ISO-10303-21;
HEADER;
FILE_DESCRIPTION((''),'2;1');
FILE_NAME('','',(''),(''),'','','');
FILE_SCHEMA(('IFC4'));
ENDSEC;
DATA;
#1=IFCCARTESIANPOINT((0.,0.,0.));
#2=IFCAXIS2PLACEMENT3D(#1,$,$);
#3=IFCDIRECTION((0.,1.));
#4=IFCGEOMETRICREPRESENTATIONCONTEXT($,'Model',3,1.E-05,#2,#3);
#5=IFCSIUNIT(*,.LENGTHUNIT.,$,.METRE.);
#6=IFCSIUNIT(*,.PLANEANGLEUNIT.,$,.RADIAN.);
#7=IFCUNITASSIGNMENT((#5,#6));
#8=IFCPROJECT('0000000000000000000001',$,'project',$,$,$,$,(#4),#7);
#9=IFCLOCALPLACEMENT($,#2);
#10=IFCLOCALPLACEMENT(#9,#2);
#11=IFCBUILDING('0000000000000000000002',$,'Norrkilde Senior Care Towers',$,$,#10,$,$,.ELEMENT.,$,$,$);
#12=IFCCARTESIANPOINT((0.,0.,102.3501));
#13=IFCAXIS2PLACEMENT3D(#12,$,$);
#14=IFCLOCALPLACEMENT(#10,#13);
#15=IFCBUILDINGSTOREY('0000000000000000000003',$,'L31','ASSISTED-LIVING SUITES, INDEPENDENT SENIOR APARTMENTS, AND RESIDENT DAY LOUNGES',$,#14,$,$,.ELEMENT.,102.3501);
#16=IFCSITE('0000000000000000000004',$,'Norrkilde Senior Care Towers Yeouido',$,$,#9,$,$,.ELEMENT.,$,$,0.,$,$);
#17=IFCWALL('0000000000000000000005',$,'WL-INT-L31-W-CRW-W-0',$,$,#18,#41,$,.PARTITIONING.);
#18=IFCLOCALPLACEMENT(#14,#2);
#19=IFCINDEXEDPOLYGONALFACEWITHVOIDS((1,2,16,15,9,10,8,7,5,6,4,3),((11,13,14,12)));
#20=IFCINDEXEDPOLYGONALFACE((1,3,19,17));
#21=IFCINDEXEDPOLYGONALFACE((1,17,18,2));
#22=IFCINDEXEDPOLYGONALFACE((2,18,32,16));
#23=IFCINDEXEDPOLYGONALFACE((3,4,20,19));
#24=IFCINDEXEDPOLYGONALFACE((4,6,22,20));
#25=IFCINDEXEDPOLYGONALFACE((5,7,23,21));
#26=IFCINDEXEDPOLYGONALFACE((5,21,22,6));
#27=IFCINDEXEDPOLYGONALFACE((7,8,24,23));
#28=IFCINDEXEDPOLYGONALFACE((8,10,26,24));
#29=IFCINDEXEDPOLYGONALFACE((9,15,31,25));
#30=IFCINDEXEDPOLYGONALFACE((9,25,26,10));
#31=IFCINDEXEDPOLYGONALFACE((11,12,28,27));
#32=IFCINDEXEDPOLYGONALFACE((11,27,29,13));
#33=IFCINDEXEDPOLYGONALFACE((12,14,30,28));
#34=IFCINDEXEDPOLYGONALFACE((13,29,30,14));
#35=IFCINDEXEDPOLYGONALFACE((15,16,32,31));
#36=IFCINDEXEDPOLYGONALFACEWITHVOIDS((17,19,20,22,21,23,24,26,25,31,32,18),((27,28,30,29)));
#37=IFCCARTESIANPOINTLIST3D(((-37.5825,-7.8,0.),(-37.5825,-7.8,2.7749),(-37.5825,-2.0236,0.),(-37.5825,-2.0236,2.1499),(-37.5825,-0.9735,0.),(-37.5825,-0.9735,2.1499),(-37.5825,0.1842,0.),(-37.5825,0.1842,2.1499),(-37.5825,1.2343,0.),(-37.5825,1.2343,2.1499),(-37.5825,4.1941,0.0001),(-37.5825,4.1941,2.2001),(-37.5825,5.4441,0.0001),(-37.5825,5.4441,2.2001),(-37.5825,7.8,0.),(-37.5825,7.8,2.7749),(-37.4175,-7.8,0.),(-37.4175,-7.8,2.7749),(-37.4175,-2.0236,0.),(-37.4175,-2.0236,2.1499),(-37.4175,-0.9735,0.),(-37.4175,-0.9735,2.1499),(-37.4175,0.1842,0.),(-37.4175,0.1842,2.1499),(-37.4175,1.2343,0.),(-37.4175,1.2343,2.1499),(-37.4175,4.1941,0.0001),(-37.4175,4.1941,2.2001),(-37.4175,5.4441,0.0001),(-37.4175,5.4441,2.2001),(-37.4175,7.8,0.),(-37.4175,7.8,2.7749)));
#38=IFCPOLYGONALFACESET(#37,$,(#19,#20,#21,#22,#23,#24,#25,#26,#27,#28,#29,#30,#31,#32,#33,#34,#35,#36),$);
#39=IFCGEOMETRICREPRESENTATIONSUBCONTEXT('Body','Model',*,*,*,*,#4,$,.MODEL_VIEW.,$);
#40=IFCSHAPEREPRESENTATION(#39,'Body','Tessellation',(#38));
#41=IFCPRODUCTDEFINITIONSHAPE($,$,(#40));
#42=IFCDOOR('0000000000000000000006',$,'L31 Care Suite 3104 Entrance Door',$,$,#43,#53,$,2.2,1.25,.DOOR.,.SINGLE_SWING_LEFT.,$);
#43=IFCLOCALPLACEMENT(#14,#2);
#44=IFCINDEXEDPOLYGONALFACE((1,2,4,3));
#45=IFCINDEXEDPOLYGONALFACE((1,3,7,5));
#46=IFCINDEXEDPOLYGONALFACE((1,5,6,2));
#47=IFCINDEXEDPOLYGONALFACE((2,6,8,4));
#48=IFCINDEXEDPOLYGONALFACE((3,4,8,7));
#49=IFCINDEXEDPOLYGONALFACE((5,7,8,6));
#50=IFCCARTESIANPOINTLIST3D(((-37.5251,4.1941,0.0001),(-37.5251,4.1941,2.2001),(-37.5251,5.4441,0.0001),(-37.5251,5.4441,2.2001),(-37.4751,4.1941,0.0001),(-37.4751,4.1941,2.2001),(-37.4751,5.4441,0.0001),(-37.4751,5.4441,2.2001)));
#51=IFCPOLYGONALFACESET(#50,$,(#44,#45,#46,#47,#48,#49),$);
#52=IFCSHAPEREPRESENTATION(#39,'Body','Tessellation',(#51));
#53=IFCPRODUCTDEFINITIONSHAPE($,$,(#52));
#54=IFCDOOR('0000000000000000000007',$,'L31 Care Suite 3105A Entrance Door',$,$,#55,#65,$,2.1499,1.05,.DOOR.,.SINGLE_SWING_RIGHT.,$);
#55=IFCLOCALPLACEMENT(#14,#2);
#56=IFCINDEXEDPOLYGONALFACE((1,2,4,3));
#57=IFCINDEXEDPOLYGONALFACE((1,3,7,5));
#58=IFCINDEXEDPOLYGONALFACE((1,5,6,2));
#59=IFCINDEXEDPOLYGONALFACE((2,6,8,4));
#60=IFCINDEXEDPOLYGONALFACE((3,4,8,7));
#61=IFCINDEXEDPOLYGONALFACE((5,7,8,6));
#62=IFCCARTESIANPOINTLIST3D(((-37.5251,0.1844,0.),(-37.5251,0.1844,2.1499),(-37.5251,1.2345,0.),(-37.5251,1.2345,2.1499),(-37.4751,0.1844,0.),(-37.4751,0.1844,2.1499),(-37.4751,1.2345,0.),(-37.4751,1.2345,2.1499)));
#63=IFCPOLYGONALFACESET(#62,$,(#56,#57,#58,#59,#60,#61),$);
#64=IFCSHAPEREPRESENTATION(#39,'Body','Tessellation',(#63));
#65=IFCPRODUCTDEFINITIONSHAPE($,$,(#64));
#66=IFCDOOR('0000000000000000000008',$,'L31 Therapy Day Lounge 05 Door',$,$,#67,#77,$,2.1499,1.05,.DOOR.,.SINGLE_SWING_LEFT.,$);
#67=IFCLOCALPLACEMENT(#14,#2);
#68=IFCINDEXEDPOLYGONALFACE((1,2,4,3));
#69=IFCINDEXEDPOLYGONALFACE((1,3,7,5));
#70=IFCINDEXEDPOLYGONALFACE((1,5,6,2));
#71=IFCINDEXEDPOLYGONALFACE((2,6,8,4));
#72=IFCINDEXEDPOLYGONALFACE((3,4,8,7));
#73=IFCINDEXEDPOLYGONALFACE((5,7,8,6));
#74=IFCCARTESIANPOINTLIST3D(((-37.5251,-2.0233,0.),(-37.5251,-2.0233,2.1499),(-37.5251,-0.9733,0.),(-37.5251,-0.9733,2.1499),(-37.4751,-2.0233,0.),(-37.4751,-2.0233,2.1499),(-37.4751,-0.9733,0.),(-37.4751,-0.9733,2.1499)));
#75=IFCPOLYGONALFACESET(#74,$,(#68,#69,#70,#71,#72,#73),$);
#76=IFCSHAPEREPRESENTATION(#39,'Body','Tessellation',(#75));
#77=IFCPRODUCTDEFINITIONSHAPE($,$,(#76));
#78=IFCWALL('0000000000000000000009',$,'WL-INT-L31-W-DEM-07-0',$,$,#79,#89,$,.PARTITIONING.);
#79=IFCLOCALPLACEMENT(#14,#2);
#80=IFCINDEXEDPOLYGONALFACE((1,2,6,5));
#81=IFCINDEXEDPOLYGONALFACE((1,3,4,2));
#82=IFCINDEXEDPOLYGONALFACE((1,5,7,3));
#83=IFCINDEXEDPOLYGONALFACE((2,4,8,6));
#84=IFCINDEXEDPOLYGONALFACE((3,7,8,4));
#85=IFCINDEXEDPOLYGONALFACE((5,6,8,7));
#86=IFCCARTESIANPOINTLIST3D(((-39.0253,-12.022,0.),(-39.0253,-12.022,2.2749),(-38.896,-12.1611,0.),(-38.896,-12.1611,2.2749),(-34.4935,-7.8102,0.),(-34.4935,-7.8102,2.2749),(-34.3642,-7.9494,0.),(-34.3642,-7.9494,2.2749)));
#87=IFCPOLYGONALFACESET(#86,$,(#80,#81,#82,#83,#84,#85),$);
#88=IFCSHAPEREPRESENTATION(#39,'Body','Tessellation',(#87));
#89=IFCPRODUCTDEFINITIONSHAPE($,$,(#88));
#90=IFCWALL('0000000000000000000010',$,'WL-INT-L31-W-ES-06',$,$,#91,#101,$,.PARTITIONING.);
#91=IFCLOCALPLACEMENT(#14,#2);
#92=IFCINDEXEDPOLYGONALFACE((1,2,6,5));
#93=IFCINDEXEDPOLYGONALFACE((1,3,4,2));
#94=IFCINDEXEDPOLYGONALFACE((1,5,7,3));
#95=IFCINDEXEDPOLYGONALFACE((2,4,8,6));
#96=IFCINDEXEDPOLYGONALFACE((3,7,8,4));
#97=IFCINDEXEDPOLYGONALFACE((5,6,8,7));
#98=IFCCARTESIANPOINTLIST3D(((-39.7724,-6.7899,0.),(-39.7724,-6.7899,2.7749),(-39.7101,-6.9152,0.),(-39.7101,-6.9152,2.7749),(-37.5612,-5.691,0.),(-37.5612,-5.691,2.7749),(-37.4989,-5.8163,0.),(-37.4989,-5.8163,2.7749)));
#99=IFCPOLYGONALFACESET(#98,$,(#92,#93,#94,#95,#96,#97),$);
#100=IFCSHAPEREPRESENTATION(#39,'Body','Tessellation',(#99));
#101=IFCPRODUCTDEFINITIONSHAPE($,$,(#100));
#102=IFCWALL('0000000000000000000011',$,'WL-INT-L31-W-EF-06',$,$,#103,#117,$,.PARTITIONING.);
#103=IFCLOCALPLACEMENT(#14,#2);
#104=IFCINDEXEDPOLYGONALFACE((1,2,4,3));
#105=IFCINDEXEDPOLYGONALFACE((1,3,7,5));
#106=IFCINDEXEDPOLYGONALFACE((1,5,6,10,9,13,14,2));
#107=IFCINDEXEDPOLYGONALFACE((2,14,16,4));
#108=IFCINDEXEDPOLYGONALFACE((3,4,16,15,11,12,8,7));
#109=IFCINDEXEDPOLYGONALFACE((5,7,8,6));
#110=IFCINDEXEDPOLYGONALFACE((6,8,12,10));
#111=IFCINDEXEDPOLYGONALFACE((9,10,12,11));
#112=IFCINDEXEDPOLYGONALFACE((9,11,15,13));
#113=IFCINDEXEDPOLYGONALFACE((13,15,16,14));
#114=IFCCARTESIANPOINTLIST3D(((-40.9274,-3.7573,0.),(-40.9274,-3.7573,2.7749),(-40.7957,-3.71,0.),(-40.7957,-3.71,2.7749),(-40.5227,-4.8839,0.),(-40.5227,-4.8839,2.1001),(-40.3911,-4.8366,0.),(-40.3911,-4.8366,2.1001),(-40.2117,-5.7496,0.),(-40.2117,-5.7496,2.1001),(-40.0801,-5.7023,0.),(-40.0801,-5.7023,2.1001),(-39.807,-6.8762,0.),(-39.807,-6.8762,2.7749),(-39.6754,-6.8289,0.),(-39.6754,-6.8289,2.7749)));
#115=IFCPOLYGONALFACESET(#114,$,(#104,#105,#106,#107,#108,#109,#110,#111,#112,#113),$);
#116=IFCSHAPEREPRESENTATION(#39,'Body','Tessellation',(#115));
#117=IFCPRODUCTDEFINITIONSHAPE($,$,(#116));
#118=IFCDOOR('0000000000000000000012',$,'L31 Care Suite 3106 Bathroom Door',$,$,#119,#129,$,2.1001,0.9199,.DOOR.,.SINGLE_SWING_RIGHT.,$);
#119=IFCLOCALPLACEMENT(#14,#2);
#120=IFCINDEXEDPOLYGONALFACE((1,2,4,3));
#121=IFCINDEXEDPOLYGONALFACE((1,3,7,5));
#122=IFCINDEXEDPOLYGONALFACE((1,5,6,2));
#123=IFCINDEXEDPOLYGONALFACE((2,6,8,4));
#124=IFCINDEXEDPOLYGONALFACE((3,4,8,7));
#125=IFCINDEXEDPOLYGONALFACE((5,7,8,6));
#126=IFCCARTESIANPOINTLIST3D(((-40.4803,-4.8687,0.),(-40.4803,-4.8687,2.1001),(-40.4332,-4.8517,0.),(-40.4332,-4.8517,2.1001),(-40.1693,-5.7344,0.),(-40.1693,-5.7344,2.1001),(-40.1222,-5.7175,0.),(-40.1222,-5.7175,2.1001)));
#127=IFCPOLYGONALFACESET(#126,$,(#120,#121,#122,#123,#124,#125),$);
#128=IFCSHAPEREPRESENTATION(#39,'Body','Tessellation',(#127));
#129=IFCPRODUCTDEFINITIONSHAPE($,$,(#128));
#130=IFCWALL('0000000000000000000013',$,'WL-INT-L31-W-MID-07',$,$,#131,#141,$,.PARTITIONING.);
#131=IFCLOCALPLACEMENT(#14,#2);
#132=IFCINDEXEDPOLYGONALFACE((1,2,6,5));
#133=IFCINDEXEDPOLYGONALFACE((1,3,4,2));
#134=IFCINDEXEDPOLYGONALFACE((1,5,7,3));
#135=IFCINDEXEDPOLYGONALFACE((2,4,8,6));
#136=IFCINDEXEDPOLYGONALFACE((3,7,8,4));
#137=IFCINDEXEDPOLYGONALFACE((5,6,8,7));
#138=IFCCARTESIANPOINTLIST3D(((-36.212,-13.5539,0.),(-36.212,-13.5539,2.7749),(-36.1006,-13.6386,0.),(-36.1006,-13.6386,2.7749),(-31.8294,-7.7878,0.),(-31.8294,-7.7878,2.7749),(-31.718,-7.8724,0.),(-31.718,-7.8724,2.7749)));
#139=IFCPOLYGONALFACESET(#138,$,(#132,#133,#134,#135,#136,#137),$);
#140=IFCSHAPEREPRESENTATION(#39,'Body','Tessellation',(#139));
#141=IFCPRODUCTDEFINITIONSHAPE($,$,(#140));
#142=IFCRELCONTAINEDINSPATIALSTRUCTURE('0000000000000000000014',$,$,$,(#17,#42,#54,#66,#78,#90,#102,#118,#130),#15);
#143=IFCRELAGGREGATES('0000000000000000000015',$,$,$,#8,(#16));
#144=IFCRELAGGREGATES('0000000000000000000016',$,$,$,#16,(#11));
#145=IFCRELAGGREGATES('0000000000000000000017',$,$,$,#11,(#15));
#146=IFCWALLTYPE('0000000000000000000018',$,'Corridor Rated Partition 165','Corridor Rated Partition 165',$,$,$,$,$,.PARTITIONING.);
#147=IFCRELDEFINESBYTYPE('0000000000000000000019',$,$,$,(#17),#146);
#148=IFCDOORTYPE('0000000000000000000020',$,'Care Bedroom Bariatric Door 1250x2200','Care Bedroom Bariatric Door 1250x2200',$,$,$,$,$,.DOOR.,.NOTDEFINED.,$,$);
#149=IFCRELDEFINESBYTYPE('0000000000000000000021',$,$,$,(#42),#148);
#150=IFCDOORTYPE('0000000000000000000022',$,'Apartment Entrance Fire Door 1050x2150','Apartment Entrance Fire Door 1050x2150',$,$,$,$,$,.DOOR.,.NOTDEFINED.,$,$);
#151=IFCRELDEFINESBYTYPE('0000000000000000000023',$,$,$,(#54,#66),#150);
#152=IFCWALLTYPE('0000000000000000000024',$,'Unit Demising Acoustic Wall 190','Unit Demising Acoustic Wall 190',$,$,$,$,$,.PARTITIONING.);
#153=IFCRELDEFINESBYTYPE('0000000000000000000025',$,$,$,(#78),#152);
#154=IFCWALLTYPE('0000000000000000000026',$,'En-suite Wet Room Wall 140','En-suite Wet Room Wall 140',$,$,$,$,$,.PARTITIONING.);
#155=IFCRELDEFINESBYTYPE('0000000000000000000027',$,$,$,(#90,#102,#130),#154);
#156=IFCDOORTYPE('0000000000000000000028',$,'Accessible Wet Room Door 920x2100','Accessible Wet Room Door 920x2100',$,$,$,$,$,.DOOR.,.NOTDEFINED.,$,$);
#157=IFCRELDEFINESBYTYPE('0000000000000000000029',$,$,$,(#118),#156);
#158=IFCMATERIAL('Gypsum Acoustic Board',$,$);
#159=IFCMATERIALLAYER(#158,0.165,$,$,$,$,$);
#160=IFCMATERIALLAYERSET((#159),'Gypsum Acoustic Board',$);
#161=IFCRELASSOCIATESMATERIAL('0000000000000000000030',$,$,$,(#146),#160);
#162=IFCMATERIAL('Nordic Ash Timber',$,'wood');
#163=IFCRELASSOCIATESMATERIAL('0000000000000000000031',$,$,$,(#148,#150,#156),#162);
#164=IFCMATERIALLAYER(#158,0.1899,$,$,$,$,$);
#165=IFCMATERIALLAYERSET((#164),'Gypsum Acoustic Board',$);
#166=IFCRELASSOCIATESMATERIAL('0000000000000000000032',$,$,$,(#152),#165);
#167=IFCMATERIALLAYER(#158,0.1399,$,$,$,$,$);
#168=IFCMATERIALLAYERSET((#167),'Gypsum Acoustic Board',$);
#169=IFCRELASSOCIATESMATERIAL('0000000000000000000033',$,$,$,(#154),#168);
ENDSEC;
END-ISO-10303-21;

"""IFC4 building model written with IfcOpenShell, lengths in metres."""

from ifc_helpers import new_model, si_unit, direction, frame, frame_2d, origin, place, context, subcontext, project, spatial, rectangle, extrude, source, transform, mapped, material, layer, layer_set, type_object, type_shapes, element, fill, save


model = new_model("IFC4")

# Units and contexts
model_context = context("Model", 3, precision=1e-05, world=origin(), true_north=direction((0.0, 1.0)))
body_context = subcontext(model_context, "Body", "Model", "MODEL_VIEW")
ifc_project = project(units=[si_unit("LENGTHUNIT", "METRE"), si_unit("PLANEANGLEUNIT", "RADIAN")], contexts=[model_context])

# Site, building, storey
site_placement = place(None, origin())
site = spatial("IfcSite", under=ifc_project, at=site_placement, Name="Norrkilde Senior Care Towers Yeouido", CompositionType="ELEMENT", RefElevation=0.0)
building_placement = place(site_placement, origin())
building = spatial("IfcBuilding", under=site, at=building_placement, Name="Norrkilde Senior Care Towers", CompositionType="ELEMENT")
storey_placement = place(building_placement, frame((0.0, 0.0, 102.3501)))
storey = spatial("IfcBuildingStorey", under=building, at=storey_placement, Name="L31", Description="ASSISTED-LIVING SUITES, INDEPENDENT SENIOR APARTMENTS, AND RESIDENT DAY LOUNGES", CompositionType="ELEMENT", Elevation=102.3501)

# Wall, openings, doors
ifc_material_1 = material(Name="Gypsum Acoustic Board")
ifc_layer_1 = layer(ifc_material_1, 0.165)
ifc_layer_set_1 = layer_set([ifc_layer_1], Name="Gypsum Acoustic Board")
wall_type_1 = type_object("IfcWallType", Name="Corridor Rated Partition 165", Description="Corridor Rated Partition 165", PredefinedType="PARTITIONING", material=ifc_layer_set_1)
shared_shape_1 = source(origin(), body_context, "Body", "SweptSolid", [
    extrude(rectangle(XDim=15.6001, YDim=0.165, at=frame_2d((7.8, 0.0))), origin(), (0.0, 0.0, 1.0), 2.7749),
])
type_shapes(wall_type_1, [shared_shape_1])
wall_1_placement = place(storey_placement, frame((-37.5, -7.8, 0.0), z_axis=(0.0, 0.0, 1.0), x_axis=(0.0, 1.0, 0.0)))
wall_1 = element("IfcWall", 1, at=wall_1_placement, inside=storey, type_object=wall_type_1, Name="WL-INT-L31-W-CRW-W-0", PredefinedType="PARTITIONING", context=body_context, shape_type="MappedRepresentation", body=[
    mapped(shared_shape_1, transform((0.0, 0.0, 0.0), x_axis=(1.0, 0.0, 0.0), y_axis=(0.0, 1.0, 0.0), z_axis=(0.0, 0.0, 1.0), scale=1.0)),
])
opening_1_placement = place(wall_1_placement, frame((11.9941, 0.0, 0.0)))
opening_1 = element("IfcOpeningElement", 2, at=opening_1_placement, cuts=wall_1, PredefinedType="OPENING", context=body_context, shape_type="SweptSolid", body=[
    extrude(rectangle(XDim=1.25, YDim=2.2, at=frame_2d((0.625, 1.1001))), frame((0.0, 0.0925, 0.0), z_axis=(0.0, -1.0, 0.0), x_axis=(1.0, 0.0, 0.0)), (0.0, 0.0, 1.0), 0.1851),
])
opening_2_placement = place(wall_1_placement, frame((7.9844, 0.0, 0.0)))
opening_2 = element("IfcOpeningElement", 3, at=opening_2_placement, cuts=wall_1, PredefinedType="OPENING", context=body_context, shape_type="SweptSolid", body=[
    extrude(rectangle(XDim=1.05, YDim=2.1499, at=frame_2d((0.5249, 1.075))), frame((0.0, 0.0925, 0.0), z_axis=(0.0, -1.0, 0.0), x_axis=(1.0, 0.0, 0.0)), (0.0, 0.0, 1.0), 0.1851),
])
opening_3_placement = place(wall_1_placement, frame((5.7766, 0.0, 0.0)))
opening_3 = element("IfcOpeningElement", 4, at=opening_3_placement, cuts=wall_1, PredefinedType="OPENING", context=body_context, shape_type="SweptSolid", body=[
    extrude(rectangle(XDim=1.05, YDim=2.1499, at=frame_2d((0.5249, 1.075))), frame((0.0, 0.0925, 0.0), z_axis=(0.0, -1.0, 0.0), x_axis=(1.0, 0.0, 0.0)), (0.0, 0.0, 1.0), 0.1851),
])
ifc_material_2 = material(Name="Nordic Ash Timber", Category="wood")
door_type_1 = type_object("IfcDoorType", Name="Care Bedroom Bariatric Door 1250x2200", Description="Care Bedroom Bariatric Door 1250x2200", OperationType="NOTDEFINED", PredefinedType="DOOR", material=ifc_material_2)
shared_shape_2 = source(origin(), body_context, "Body", "SweptSolid", [
    extrude(rectangle(XDim=1.25, YDim=2.2, at=frame_2d((0.625, 1.1001))), frame((0.0, 0.0249, 0.0), z_axis=(0.0, -1.0, 0.0), x_axis=(1.0, 0.0, 0.0)), (0.0, 0.0, 1.0), 0.05),
])
type_shapes(door_type_1, [shared_shape_2])
door_1_placement = place(opening_1_placement, frame((1.25, 0.0, 0.0), z_axis=(0.0, 0.0, 1.0), x_axis=(-1.0, 0.0, 0.0)))
door_1 = element("IfcDoor", 5, at=door_1_placement, inside=storey, type_object=door_type_1, Name="L31 Care Suite 3104 Entrance Door", OperationType="SINGLE_SWING_LEFT", OverallHeight=2.2, OverallWidth=1.25, PredefinedType="DOOR", context=body_context, shape_type="MappedRepresentation", body=[
    mapped(shared_shape_2, transform((0.0, 0.0, 0.0), x_axis=(1.0, 0.0, 0.0), y_axis=(0.0, 1.0, 0.0), z_axis=(0.0, 0.0, 1.0), scale=1.0)),
])
fill(opening_1, door_1)
door_type_2 = type_object("IfcDoorType", Name="Apartment Entrance Fire Door 1050x2150", Description="Apartment Entrance Fire Door 1050x2150", OperationType="NOTDEFINED", PredefinedType="DOOR", material=ifc_material_2)
shared_shape_3 = source(origin(), body_context, "Body", "SweptSolid", [
    extrude(rectangle(XDim=1.05, YDim=2.1499, at=frame_2d((0.5249, 1.075))), frame((0.0, 0.0249, 0.0), z_axis=(0.0, -1.0, 0.0), x_axis=(1.0, 0.0, 0.0)), (0.0, 0.0, 1.0), 0.05),
])
type_shapes(door_type_2, [shared_shape_3])
door_2_placement = place(opening_2_placement, frame((1.05, 0.0, 0.0), z_axis=(0.0, 0.0, 1.0), x_axis=(-1.0, 0.0, 0.0)))
door_2 = element("IfcDoor", 6, at=door_2_placement, inside=storey, type_object=door_type_2, Name="L31 Care Suite 3105A Entrance Door", OperationType="SINGLE_SWING_RIGHT", OverallHeight=2.1499, OverallWidth=1.05, PredefinedType="DOOR", context=body_context, shape_type="MappedRepresentation", body=[
    mapped(shared_shape_3, transform((0.0, 0.0, 0.0), x_axis=(1.0, 0.0, 0.0), y_axis=(0.0, 1.0, 0.0), z_axis=(0.0, 0.0, 1.0), scale=1.0)),
])
fill(opening_2, door_2)
door_3_placement = place(opening_3_placement, frame((1.05, 0.0, 0.0), z_axis=(0.0, 0.0, 1.0), x_axis=(-1.0, 0.0, 0.0)))
door_3 = element("IfcDoor", 7, at=door_3_placement, inside=storey, type_object=door_type_2, Name="L31 Therapy Day Lounge 05 Door", OperationType="SINGLE_SWING_LEFT", OverallHeight=2.1499, OverallWidth=1.05, PredefinedType="DOOR", context=body_context, shape_type="MappedRepresentation", body=[
    mapped(shared_shape_3, transform((0.0, 0.0, 0.0), x_axis=(1.0, 0.0, 0.0), y_axis=(0.0, 1.0, 0.0), z_axis=(0.0, 0.0, 1.0), scale=1.0)),
])
fill(opening_3, door_3)

# Walls
ifc_layer_2 = layer(ifc_material_1, 0.1899)
ifc_layer_set_2 = layer_set([ifc_layer_2], Name="Gypsum Acoustic Board")
wall_type_2 = type_object("IfcWallType", Name="Unit Demising Acoustic Wall 190", Description="Unit Demising Acoustic Wall 190", PredefinedType="PARTITIONING", material=ifc_layer_set_2)
shared_shape_4 = source(origin(), body_context, "Body", "SweptSolid", [
    extrude(rectangle(XDim=6.1868, YDim=0.1899, at=frame_2d((3.0933, 0.0))), origin(), (0.0, 0.0, 1.0), 2.2749),
])
type_shapes(wall_type_2, [shared_shape_4])
wall_2_placement = place(storey_placement, frame((-34.429, -7.8799, 0.0), z_axis=(0.0, 0.0, 1.0), x_axis=(-0.732501, -0.680766, 0.0)))
element("IfcWall", 8, at=wall_2_placement, inside=storey, type_object=wall_type_2, Name="WL-INT-L31-W-DEM-07-0", PredefinedType="PARTITIONING", context=body_context, shape_type="MappedRepresentation", body=[
    mapped(shared_shape_4, transform((0.0, 0.0, 0.0), x_axis=(1.0, 0.0, 0.0), y_axis=(0.0, 1.0, 0.0), z_axis=(0.0, 0.0, 1.0), scale=1.0)),
])
ifc_layer_3 = layer(ifc_material_1, 0.1399)
ifc_layer_set_3 = layer_set([ifc_layer_3], Name="Gypsum Acoustic Board")
wall_type_3 = type_object("IfcWallType", Name="En-suite Wet Room Wall 140", Description="En-suite Wet Room Wall 140", PredefinedType="PARTITIONING", material=ifc_layer_set_3)
shared_shape_5 = source(origin(), body_context, "Body", "SweptSolid", [
    extrude(rectangle(XDim=2.4692, YDim=0.1399, at=frame_2d((1.2346, 0.0))), origin(), (0.0, 0.0, 1.0), 2.7749),
])
wall_3_placement = place(storey_placement, frame((-37.53, -5.7537, 0.0), z_axis=(0.0, 0.0, 1.0), x_axis=(-0.895512, -0.445037, 0.0)))
element("IfcWall", 9, at=wall_3_placement, inside=storey, type_object=wall_type_3, Name="WL-INT-L31-W-ES-06", PredefinedType="PARTITIONING", context=body_context, shape_type="MappedRepresentation", body=[
    mapped(shared_shape_5, transform((0.0, 0.0, 0.0), x_axis=(1.0, 0.0, 0.0), y_axis=(0.0, 1.0, 0.0), z_axis=(0.0, 0.0, 1.0), scale=1.0)),
])

# Wall, opening, door
shared_shape_6 = source(origin(), body_context, "Body", "SweptSolid", [
    extrude(rectangle(XDim=3.314, YDim=0.1399, at=frame_2d((1.657, 0.0))), origin(), (0.0, 0.0, 1.0), 2.7749),
])
wall_4_placement = place(storey_placement, frame((-39.7412, -6.8525, 0.0), z_axis=(0.0, 0.0, 1.0), x_axis=(-0.338067, 0.941122, 0.0)))
wall_4 = element("IfcWall", 10, at=wall_4_placement, inside=storey, type_object=wall_type_3, Name="WL-INT-L31-W-EF-06", PredefinedType="PARTITIONING", context=body_context, shape_type="MappedRepresentation", body=[
    mapped(shared_shape_6, transform((0.0, 0.0, 0.0), x_axis=(1.0, 0.0, 0.0), y_axis=(0.0, 1.0, 0.0), z_axis=(0.0, 0.0, 1.0), scale=1.0)),
])
opening_4_placement = place(wall_4_placement, frame((1.197, 0.0, 0.0)))
opening_4 = element("IfcOpeningElement", 11, at=opening_4_placement, cuts=wall_4, PredefinedType="OPENING", context=body_context, shape_type="SweptSolid", body=[
    extrude(rectangle(XDim=0.9199, YDim=2.1001, at=frame_2d((0.46, 1.05))), frame((0.0, 0.0798, 0.0), z_axis=(0.0, -1.0, 0.0), x_axis=(1.0, 0.0, 0.0)), (0.0, 0.0, 1.0), 0.1599),
])
door_type_3 = type_object("IfcDoorType", Name="Accessible Wet Room Door 920x2100", Description="Accessible Wet Room Door 920x2100", OperationType="NOTDEFINED", PredefinedType="DOOR", material=ifc_material_2)
shared_shape_7 = source(origin(), body_context, "Body", "SweptSolid", [
    extrude(rectangle(XDim=0.9199, YDim=2.1001, at=frame_2d((0.46, 1.05))), frame((0.0, 0.0249, 0.0), z_axis=(0.0, -1.0, 0.0), x_axis=(1.0, 0.0, 0.0)), (0.0, 0.0, 1.0), 0.05),
])
type_shapes(door_type_3, [shared_shape_7])
door_4_placement = place(opening_4_placement, origin())
door_4 = element("IfcDoor", 12, at=door_4_placement, inside=storey, type_object=door_type_3, Name="L31 Care Suite 3106 Bathroom Door", OperationType="SINGLE_SWING_RIGHT", OverallHeight=2.1001, OverallWidth=0.9199, PredefinedType="DOOR", context=body_context, shape_type="MappedRepresentation", body=[
    mapped(shared_shape_7, transform((0.0, 0.0, 0.0), x_axis=(1.0, 0.0, 0.0), y_axis=(0.0, 1.0, 0.0), z_axis=(0.0, 0.0, 1.0), scale=1.0)),
])
fill(opening_4, door_4)

# Wall
shared_shape_8 = source(origin(), body_context, "Body", "SweptSolid", [
    extrude(rectangle(XDim=7.2427, YDim=0.1399, at=frame_2d((3.6213, 0.0))), origin(), (0.0, 0.0, 1.0), 2.7749),
])
type_shapes(wall_type_3, [shared_shape_5, shared_shape_6, shared_shape_8])
wall_5_placement = place(storey_placement, frame((-31.7737, -7.8301, 0.0), z_axis=(0.0, 0.0, 1.0), x_axis=(-0.605111, -0.796141, 0.0)))
element("IfcWall", 13, at=wall_5_placement, inside=storey, type_object=wall_type_3, Name="WL-INT-L31-W-MID-07", PredefinedType="PARTITIONING", context=body_context, shape_type="MappedRepresentation", body=[
    mapped(shared_shape_8, transform((0.0, 0.0, 0.0), x_axis=(1.0, 0.0, 0.0), y_axis=(0.0, 1.0, 0.0), z_axis=(0.0, 0.0, 1.0), scale=1.0)),
])

save(model, "model.ifc")
